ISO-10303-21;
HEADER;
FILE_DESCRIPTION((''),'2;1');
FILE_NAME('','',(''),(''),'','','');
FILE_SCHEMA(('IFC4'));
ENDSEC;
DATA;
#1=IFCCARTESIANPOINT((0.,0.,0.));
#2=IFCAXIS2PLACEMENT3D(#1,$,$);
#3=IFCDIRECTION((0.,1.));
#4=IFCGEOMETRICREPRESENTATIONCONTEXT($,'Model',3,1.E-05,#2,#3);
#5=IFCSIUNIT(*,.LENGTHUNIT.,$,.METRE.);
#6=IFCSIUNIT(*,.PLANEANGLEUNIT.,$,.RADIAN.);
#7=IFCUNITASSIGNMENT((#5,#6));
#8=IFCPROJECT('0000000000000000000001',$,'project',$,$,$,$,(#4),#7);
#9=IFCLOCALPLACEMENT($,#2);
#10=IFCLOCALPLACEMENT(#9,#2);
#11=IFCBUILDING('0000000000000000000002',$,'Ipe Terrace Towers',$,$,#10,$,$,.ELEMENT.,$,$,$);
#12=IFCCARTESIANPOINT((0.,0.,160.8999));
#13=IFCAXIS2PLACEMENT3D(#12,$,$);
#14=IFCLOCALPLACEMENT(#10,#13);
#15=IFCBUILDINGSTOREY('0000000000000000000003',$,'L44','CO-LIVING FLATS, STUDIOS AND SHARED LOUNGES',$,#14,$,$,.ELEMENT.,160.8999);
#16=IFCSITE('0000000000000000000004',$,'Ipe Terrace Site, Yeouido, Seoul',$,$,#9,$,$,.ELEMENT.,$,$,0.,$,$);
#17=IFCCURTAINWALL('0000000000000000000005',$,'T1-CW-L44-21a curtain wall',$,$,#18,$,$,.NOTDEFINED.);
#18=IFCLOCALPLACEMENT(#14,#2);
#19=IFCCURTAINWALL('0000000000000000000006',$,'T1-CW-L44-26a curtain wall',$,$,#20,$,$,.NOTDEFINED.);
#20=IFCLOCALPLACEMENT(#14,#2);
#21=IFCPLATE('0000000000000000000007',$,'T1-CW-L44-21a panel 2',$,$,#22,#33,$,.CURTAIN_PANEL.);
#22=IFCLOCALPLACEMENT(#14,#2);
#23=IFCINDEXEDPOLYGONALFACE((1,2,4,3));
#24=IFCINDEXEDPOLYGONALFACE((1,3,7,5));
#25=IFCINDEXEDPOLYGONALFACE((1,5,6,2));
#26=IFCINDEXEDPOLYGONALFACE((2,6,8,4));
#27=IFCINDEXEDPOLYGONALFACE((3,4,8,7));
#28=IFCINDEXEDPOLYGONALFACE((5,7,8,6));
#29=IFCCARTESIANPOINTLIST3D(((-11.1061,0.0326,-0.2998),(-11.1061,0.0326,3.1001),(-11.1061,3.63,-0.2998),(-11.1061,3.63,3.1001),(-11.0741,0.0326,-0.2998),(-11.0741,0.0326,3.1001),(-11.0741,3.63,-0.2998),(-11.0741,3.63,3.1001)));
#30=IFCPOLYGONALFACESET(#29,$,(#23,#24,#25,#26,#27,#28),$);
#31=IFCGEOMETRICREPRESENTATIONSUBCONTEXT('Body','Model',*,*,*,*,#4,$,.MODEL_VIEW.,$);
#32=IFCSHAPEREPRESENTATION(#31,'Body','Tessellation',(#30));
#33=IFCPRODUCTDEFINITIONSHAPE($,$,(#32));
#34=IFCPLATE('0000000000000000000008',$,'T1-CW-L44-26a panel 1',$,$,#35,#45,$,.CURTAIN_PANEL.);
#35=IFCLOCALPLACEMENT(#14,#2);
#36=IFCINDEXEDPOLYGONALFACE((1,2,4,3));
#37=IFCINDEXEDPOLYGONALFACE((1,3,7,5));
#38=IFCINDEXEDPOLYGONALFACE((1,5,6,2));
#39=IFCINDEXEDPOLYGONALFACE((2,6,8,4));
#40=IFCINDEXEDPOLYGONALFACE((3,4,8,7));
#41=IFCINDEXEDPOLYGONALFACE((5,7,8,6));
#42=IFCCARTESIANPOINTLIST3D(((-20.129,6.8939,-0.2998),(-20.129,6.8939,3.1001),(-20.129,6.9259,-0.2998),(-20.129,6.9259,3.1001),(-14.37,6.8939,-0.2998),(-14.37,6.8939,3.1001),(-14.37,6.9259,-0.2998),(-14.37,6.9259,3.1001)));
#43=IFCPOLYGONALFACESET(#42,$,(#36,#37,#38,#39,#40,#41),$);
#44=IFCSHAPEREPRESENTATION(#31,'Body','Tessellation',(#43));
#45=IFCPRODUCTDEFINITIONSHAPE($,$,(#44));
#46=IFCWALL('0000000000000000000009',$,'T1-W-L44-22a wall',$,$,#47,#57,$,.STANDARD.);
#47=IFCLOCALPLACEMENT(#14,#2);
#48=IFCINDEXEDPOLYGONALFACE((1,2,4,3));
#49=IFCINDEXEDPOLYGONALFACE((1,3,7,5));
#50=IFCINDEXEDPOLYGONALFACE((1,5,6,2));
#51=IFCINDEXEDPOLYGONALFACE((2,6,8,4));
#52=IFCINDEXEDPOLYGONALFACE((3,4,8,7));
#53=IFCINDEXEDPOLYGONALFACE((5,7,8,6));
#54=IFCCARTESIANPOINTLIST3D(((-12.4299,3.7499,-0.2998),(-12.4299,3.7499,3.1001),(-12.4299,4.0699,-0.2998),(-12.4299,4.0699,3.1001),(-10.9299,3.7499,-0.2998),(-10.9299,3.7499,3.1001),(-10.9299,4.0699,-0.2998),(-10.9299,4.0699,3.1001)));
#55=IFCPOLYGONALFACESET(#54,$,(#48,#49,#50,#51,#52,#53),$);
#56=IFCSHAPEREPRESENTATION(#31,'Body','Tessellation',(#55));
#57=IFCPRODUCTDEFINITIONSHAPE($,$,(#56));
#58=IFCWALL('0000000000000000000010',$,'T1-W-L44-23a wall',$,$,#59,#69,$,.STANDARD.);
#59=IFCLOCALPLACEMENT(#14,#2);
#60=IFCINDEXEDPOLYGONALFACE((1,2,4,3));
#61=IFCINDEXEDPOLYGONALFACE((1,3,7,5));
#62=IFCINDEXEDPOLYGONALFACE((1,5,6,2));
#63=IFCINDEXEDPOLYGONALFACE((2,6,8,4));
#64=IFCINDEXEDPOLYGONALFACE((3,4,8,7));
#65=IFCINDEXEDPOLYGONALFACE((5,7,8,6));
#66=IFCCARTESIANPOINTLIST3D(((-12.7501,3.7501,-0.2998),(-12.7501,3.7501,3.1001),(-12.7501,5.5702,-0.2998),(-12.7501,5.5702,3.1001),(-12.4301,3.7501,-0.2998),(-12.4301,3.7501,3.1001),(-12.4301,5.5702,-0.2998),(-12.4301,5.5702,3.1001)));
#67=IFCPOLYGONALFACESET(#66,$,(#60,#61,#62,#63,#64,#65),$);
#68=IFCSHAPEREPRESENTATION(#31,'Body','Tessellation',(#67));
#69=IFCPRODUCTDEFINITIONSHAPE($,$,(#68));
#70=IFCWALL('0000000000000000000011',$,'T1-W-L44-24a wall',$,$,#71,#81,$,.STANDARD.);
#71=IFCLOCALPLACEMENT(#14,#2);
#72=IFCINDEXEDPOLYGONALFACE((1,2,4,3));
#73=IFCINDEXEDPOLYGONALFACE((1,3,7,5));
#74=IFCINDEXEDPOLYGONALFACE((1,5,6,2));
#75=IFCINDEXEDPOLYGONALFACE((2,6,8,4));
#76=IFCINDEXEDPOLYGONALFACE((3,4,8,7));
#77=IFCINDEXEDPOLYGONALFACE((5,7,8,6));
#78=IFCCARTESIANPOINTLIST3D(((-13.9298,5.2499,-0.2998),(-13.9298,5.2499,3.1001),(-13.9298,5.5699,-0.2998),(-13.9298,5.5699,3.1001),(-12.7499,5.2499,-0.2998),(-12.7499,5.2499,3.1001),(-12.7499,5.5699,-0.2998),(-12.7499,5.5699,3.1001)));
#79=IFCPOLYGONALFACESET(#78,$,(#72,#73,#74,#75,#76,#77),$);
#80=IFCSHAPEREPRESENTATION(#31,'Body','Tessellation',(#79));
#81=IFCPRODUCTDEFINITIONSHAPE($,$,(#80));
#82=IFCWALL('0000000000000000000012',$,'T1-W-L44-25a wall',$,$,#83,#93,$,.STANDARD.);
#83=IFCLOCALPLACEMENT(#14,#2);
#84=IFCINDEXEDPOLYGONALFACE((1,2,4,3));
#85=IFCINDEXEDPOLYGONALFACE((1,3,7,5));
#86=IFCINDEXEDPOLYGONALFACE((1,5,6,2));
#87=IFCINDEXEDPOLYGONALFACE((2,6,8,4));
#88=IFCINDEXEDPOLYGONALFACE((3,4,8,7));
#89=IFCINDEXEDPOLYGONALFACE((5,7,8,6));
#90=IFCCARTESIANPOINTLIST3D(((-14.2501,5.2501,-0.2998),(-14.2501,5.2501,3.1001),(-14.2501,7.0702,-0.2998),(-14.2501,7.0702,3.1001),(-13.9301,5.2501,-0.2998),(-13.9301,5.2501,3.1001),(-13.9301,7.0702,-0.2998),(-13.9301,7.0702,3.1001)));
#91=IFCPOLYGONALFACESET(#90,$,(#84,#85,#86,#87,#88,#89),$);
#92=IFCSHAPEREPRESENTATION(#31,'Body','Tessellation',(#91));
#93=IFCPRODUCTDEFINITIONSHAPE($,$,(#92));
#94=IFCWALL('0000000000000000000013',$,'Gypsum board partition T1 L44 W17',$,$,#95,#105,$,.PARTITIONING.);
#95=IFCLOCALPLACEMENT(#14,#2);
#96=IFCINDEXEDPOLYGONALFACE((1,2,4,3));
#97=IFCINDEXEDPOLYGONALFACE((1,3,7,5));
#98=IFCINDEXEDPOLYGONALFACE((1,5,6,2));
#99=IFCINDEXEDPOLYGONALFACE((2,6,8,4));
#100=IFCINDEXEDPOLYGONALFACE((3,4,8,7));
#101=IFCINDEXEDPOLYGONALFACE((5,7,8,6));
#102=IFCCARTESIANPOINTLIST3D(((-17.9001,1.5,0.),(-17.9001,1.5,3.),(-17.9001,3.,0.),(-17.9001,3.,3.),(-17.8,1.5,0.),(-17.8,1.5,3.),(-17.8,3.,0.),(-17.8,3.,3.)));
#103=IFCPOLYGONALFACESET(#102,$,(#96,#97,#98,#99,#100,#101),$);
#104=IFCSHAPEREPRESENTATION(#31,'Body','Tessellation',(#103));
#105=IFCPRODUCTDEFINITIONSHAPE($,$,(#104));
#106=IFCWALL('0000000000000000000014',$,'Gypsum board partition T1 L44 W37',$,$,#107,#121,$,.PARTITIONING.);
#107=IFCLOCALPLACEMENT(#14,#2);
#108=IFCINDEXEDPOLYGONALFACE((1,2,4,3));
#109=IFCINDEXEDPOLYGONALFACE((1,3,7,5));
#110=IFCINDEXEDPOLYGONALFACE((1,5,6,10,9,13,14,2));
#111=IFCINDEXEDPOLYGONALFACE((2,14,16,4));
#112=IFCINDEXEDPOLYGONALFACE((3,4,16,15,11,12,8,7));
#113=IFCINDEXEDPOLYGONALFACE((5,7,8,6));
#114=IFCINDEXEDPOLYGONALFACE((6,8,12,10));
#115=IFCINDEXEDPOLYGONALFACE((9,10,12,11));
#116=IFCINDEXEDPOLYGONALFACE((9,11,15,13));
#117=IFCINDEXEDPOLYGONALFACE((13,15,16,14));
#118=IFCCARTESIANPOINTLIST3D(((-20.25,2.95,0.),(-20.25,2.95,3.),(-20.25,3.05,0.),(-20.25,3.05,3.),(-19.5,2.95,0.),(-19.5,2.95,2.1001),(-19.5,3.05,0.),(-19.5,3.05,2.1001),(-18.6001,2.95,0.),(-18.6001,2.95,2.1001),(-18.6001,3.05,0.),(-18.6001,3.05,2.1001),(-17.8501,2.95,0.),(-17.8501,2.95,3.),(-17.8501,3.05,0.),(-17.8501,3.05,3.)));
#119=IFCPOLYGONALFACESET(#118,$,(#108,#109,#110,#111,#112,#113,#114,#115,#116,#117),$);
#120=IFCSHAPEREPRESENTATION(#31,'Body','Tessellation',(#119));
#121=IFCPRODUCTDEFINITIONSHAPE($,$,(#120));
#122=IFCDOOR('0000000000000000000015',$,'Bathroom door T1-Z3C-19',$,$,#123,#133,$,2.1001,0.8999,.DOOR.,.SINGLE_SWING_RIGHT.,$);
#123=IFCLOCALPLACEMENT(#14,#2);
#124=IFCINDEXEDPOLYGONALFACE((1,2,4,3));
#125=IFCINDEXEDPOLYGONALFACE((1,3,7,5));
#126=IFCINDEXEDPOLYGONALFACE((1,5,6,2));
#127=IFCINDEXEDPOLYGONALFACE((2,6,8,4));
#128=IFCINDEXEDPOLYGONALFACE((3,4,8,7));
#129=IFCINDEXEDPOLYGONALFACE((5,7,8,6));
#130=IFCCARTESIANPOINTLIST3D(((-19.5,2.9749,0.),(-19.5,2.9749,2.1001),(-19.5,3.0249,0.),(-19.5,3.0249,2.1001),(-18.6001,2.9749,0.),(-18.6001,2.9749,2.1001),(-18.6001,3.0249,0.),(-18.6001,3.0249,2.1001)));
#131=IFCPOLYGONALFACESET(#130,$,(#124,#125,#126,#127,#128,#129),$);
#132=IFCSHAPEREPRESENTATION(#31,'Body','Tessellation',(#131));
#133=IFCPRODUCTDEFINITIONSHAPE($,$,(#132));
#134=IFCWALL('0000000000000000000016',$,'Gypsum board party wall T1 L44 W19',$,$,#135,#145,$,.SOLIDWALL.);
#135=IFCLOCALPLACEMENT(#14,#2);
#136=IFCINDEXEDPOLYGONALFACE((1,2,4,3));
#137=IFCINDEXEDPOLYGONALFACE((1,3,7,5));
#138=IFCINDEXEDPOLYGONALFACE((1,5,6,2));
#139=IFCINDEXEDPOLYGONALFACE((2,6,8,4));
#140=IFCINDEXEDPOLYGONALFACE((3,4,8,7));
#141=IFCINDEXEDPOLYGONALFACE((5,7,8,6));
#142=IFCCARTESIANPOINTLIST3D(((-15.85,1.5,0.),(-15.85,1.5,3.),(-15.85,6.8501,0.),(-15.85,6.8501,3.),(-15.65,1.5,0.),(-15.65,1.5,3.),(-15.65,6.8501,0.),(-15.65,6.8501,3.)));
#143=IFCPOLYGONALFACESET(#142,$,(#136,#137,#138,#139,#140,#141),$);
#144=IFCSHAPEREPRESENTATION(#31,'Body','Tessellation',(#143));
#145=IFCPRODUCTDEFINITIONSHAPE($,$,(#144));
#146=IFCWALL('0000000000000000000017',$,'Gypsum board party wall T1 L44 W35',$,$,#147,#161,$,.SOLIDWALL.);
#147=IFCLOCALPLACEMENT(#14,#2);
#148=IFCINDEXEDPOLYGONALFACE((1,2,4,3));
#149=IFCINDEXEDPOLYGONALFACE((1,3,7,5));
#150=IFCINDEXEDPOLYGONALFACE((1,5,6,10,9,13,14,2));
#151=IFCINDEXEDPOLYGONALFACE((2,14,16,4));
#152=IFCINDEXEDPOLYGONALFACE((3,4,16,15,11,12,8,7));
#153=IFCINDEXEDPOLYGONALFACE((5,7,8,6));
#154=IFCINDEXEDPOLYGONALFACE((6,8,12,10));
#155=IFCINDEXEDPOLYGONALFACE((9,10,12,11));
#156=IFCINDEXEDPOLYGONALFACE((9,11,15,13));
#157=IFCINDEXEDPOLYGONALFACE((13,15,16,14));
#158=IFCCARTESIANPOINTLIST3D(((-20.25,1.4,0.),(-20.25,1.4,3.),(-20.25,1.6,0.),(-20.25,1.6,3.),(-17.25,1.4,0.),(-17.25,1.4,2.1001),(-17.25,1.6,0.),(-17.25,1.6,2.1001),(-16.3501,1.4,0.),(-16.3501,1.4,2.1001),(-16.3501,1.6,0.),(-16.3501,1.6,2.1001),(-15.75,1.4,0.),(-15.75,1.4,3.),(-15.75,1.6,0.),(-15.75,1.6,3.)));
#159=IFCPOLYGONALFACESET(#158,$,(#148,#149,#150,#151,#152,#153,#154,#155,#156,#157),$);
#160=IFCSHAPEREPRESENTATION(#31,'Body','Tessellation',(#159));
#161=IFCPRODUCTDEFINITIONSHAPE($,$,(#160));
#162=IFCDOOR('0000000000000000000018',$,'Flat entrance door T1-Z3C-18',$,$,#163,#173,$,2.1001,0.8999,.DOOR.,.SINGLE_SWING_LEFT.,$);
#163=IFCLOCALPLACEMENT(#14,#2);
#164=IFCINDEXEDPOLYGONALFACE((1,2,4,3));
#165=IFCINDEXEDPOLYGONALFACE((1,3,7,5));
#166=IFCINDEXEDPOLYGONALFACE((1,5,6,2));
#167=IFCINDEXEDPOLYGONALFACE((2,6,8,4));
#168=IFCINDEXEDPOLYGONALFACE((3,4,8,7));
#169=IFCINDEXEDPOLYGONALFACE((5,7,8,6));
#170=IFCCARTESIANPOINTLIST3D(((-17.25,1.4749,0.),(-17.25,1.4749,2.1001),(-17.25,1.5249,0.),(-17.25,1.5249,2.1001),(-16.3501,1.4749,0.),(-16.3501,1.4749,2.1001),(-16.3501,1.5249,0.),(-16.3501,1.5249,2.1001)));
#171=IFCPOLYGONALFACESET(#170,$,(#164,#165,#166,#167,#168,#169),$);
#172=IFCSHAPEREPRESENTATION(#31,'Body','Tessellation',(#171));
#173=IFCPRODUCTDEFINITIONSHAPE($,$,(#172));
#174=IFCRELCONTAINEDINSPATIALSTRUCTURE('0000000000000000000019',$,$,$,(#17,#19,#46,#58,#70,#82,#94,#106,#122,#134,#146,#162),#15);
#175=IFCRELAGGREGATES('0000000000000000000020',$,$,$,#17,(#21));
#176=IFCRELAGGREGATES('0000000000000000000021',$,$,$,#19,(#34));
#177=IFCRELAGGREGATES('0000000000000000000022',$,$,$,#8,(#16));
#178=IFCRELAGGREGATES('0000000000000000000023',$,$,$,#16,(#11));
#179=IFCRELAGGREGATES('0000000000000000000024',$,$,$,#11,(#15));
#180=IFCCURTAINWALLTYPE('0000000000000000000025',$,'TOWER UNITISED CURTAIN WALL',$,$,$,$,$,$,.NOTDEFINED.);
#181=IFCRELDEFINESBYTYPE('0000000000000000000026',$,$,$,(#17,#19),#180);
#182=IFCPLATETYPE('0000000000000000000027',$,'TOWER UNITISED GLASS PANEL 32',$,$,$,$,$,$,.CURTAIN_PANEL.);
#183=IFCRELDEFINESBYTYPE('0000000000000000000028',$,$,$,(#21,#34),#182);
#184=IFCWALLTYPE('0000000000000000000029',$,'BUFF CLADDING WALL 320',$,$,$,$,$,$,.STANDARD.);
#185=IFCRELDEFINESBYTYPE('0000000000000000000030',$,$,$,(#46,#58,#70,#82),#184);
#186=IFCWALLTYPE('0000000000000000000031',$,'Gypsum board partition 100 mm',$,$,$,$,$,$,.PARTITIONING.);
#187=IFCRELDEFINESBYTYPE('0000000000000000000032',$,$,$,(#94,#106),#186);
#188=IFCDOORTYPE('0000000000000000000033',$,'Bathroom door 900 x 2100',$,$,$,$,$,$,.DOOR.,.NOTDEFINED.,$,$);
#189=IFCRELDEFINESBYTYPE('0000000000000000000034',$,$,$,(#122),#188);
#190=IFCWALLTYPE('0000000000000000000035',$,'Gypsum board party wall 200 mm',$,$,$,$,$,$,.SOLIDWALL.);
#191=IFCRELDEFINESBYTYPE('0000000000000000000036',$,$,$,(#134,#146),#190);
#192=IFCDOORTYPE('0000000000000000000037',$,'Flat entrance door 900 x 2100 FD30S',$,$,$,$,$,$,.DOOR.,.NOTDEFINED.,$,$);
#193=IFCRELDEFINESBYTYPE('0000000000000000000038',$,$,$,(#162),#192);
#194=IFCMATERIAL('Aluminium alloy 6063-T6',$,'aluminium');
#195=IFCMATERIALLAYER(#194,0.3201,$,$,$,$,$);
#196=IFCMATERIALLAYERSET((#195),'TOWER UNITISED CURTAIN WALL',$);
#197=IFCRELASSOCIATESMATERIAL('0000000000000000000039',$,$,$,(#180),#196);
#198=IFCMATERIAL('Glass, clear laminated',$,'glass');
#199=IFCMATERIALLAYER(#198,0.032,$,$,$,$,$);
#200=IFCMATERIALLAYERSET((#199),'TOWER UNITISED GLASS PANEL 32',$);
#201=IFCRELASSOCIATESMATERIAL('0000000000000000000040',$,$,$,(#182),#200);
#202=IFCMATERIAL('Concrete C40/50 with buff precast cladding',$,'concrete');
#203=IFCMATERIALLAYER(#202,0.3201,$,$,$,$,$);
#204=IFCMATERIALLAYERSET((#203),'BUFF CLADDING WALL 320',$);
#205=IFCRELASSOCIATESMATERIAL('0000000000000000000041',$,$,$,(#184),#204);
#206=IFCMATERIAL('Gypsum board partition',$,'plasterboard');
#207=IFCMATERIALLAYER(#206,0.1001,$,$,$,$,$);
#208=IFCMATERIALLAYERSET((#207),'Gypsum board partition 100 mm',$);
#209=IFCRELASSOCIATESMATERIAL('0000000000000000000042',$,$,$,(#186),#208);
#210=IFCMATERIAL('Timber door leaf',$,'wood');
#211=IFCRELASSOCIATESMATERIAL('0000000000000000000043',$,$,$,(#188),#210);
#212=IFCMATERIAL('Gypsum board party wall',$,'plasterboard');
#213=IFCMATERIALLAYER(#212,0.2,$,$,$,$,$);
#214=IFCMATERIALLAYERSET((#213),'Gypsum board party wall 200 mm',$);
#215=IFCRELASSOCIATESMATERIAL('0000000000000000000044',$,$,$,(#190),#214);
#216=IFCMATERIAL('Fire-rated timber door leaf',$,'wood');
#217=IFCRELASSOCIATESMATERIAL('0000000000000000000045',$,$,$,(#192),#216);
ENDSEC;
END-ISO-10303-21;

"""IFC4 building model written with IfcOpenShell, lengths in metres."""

from ifc_helpers import new_model, si_unit, direction, frame, frame_2d, origin, origin_2d, place, context, subcontext, project, spatial, rectangle, extrude, material, layer, layer_set, type_object, element, fill, aggregate, save


model = new_model("IFC4")

# Units and contexts
model_context = context("Model", 3, precision=1e-05, world=origin(), true_north=direction((0.0, 1.0)))
body_context = subcontext(model_context, "Body", "Model", "MODEL_VIEW")
ifc_project = project(units=[si_unit("LENGTHUNIT", "METRE"), si_unit("PLANEANGLEUNIT", "RADIAN")], contexts=[model_context])

# Site, building, storey
site_placement = place(None, origin())
site = spatial("IfcSite", under=ifc_project, at=site_placement, Name="Ipe Terrace Site, Yeouido, Seoul", CompositionType="ELEMENT", RefElevation=0.0)
building_placement = place(site_placement, origin())
building = spatial("IfcBuilding", under=site, at=building_placement, Name="Ipe Terrace Towers", CompositionType="ELEMENT")
storey_placement = place(building_placement, frame((0.0, 0.0, 160.8999)))
storey = spatial("IfcBuildingStorey", under=building, at=storey_placement, Name="L44", Description="CO-LIVING FLATS, STUDIOS AND SHARED LOUNGES", CompositionType="ELEMENT", Elevation=160.8999)

# Curtain wall
ifc_material_1 = material(Name="Aluminium alloy 6063-T6", Category="aluminium")
ifc_layer_1 = layer(ifc_material_1, 0.3201)
ifc_layer_set_1 = layer_set([ifc_layer_1], Name="TOWER UNITISED CURTAIN WALL")
curtain_wall_type = type_object("IfcCurtainWallType", Name="TOWER UNITISED CURTAIN WALL", PredefinedType="NOTDEFINED", material=ifc_layer_set_1)
curtain_wall_1_placement = place(storey_placement, origin())
curtain_wall_1 = element("IfcCurtainWall", 1, at=curtain_wall_1_placement, inside=storey, type_object=curtain_wall_type, Name="T1-CW-L44-21a curtain wall", PredefinedType="NOTDEFINED")

# Curtain wall
curtain_wall_2_placement = place(storey_placement, origin())
curtain_wall_2 = element("IfcCurtainWall", 2, at=curtain_wall_2_placement, inside=storey, type_object=curtain_wall_type, Name="T1-CW-L44-26a curtain wall", PredefinedType="NOTDEFINED")

# Plates
ifc_material_2 = material(Name="Glass, clear laminated", Category="glass")
ifc_layer_2 = layer(ifc_material_2, 0.032)
ifc_layer_set_2 = layer_set([ifc_layer_2], Name="TOWER UNITISED GLASS PANEL 32")
plate_type = type_object("IfcPlateType", Name="TOWER UNITISED GLASS PANEL 32", PredefinedType="CURTAIN_PANEL", material=ifc_layer_set_2)
plate_1_placement = place(storey_placement, frame((-11.0901, 1.8313, -0.2998), z_axis=(0.0, 0.0, 1.0), x_axis=(0.0, 1.0, 0.0)))
plate_1 = element("IfcPlate", 3, at=plate_1_placement, type_object=plate_type, Name="T1-CW-L44-21a panel 2", PredefinedType="CURTAIN_PANEL", context=body_context, shape_type="SweptSolid", body=[
    extrude(rectangle(XDim=3.5974, YDim=0.032, at=origin_2d()), origin(), (0.0, 0.0, 1.0), 3.3999),
])
aggregate(curtain_wall_1, [plate_1])
plate_2_placement = place(storey_placement, frame((-17.2495, 6.9099, -0.2998), z_axis=(0.0, 0.0, 1.0), x_axis=(-1.0, 0.0, 0.0)))
plate_2 = element("IfcPlate", 4, at=plate_2_placement, type_object=plate_type, Name="T1-CW-L44-26a panel 1", PredefinedType="CURTAIN_PANEL", context=body_context, shape_type="SweptSolid", body=[
    extrude(rectangle(XDim=5.759, YDim=0.032, at=origin_2d()), origin(), (0.0, 0.0, 1.0), 3.3999),
])
aggregate(curtain_wall_2, [plate_2])

# Walls
ifc_material_3 = material(Name="Concrete C40/50 with buff precast cladding", Category="concrete")
ifc_layer_3 = layer(ifc_material_3, 0.3201)
ifc_layer_set_3 = layer_set([ifc_layer_3], Name="BUFF CLADDING WALL 320")
wall_type_1 = type_object("IfcWallType", Name="BUFF CLADDING WALL 320", PredefinedType="STANDARD", material=ifc_layer_set_3)
wall_1_placement = place(storey_placement, frame((-10.9299, 3.9099, -0.2998), z_axis=(0.0, 0.0, 1.0), x_axis=(-1.0, 0.0, 0.0)))
element("IfcWall", 5, at=wall_1_placement, inside=storey, type_object=wall_type_1, Name="T1-W-L44-22a wall", PredefinedType="STANDARD", context=body_context, shape_type="SweptSolid", body=[
    extrude(rectangle(XDim=1.5, YDim=0.3201, at=frame_2d((0.75, 0.0))), origin(), (0.0, 0.0, 1.0), 3.3999),
])
wall_2_placement = place(storey_placement, frame((-12.5901, 3.75, -0.2998), z_axis=(0.0, 0.0, 1.0), x_axis=(0.0, 1.0, 0.0)))
element("IfcWall", 6, at=wall_2_placement, inside=storey, type_object=wall_type_1, Name="T1-W-L44-23a wall", PredefinedType="STANDARD", context=body_context, shape_type="SweptSolid", body=[
    extrude(rectangle(XDim=1.8201, YDim=0.3201, at=frame_2d((0.9102, 0.0))), origin(), (0.0, 0.0, 1.0), 3.3999),
])
wall_3_placement = place(storey_placement, frame((-12.75, 5.4099, -0.2998), z_axis=(0.0, 0.0, 1.0), x_axis=(-1.0, 0.0, 0.0)))
element("IfcWall", 7, at=wall_3_placement, inside=storey, type_object=wall_type_1, Name="T1-W-L44-24a wall", PredefinedType="STANDARD", context=body_context, shape_type="SweptSolid", body=[
    extrude(rectangle(XDim=1.1799, YDim=0.3201, at=frame_2d((0.5898, 0.0))), origin(), (0.0, 0.0, 1.0), 3.3999),
])
wall_4_placement = place(storey_placement, frame((-14.0901, 5.25, -0.2998), z_axis=(0.0, 0.0, 1.0), x_axis=(0.0, 1.0, 0.0)))
element("IfcWall", 8, at=wall_4_placement, inside=storey, type_object=wall_type_1, Name="T1-W-L44-25a wall", PredefinedType="STANDARD", context=body_context, shape_type="SweptSolid", body=[
    extrude(rectangle(XDim=1.8201, YDim=0.3201, at=frame_2d((0.9102, 0.0))), origin(), (0.0, 0.0, 1.0), 3.3999),
])
ifc_material_4 = material(Name="Gypsum board partition", Category="plasterboard")
ifc_layer_4 = layer(ifc_material_4, 0.1001)
ifc_layer_set_4 = layer_set([ifc_layer_4], Name="Gypsum board partition 100 mm")
wall_type_2 = type_object("IfcWallType", Name="Gypsum board partition 100 mm", PredefinedType="PARTITIONING", material=ifc_layer_set_4)
wall_5_placement = place(storey_placement, frame((-17.8501, 1.5, 0.0), z_axis=(0.0, 0.0, 1.0), x_axis=(0.0, 1.0, 0.0)))
element("IfcWall", 9, at=wall_5_placement, inside=storey, type_object=wall_type_2, Name="Gypsum board partition T1 L44 W17", PredefinedType="PARTITIONING", context=body_context, shape_type="SweptSolid", body=[
    extrude(rectangle(XDim=1.5, YDim=0.1001, at=frame_2d((0.75, 0.0))), origin(), (0.0, 0.0, 1.0), 3.0),
])

# Wall, opening, door
wall_6_placement = place(storey_placement, frame((-20.25, 3.0, 0.0), z_axis=(0.0, 0.0, 1.0), x_axis=(1.0, 0.0, 0.0)))
wall_6 = element("IfcWall", 10, at=wall_6_placement, inside=storey, type_object=wall_type_2, Name="Gypsum board partition T1 L44 W37", PredefinedType="PARTITIONING", context=body_context, shape_type="SweptSolid", body=[
    extrude(rectangle(XDim=2.3999, YDim=0.1001, at=frame_2d((1.2, 0.0))), origin(), (0.0, 0.0, 1.0), 3.0),
])
opening_1_placement = place(wall_6_placement, frame((0.75, 0.0, 0.0)))
opening_1 = element("IfcOpeningElement", 11, at=opening_1_placement, cuts=wall_6, PredefinedType="OPENING", context=body_context, shape_type="SweptSolid", body=[
    extrude(rectangle(XDim=0.8999, YDim=2.1001, at=frame_2d((0.45, 1.05))), frame((0.0, 0.0601, 0.0), z_axis=(0.0, -1.0, 0.0), x_axis=(1.0, 0.0, 0.0)), (0.0, 0.0, 1.0), 0.1201),
])
ifc_material_5 = material(Name="Timber door leaf", Category="wood")
door_type_1 = type_object("IfcDoorType", Name="Bathroom door 900 x 2100", OperationType="NOTDEFINED", PredefinedType="DOOR", material=ifc_material_5)
door_1_placement = place(opening_1_placement, origin())
door_1 = element("IfcDoor", 12, at=door_1_placement, inside=storey, type_object=door_type_1, Name="Bathroom door T1-Z3C-19", OperationType="SINGLE_SWING_RIGHT", OverallHeight=2.1001, OverallWidth=0.8999, PredefinedType="DOOR", context=body_context, shape_type="SweptSolid", body=[
    extrude(rectangle(XDim=0.8999, YDim=2.1001, at=frame_2d((0.45, 1.05))), frame((0.0, 0.0249, 0.0), z_axis=(0.0, -1.0, 0.0), x_axis=(1.0, 0.0, 0.0)), (0.0, 0.0, 1.0), 0.05),
])
fill(opening_1, door_1)

# Wall
ifc_material_6 = material(Name="Gypsum board party wall", Category="plasterboard")
ifc_layer_5 = layer(ifc_material_6, 0.2)
ifc_layer_set_5 = layer_set([ifc_layer_5], Name="Gypsum board party wall 200 mm")
wall_type_3 = type_object("IfcWallType", Name="Gypsum board party wall 200 mm", PredefinedType="SOLIDWALL", material=ifc_layer_set_5)
wall_7_placement = place(storey_placement, frame((-15.75, 1.5, 0.0), z_axis=(0.0, 0.0, 1.0), x_axis=(0.0, 1.0, 0.0)))
element("IfcWall", 13, at=wall_7_placement, inside=storey, type_object=wall_type_3, Name="Gypsum board party wall T1 L44 W19", PredefinedType="SOLIDWALL", context=body_context, shape_type="SweptSolid", body=[
    extrude(rectangle(XDim=5.3501, YDim=0.2, at=frame_2d((2.675, 0.0))), origin(), (0.0, 0.0, 1.0), 3.0),
])

# Wall, opening, door
wall_8_placement = place(storey_placement, frame((-20.25, 1.5, 0.0), z_axis=(0.0, 0.0, 1.0), x_axis=(1.0, 0.0, 0.0)))
wall_8 = element("IfcWall", 14, at=wall_8_placement, inside=storey, type_object=wall_type_3, Name="Gypsum board party wall T1 L44 W35", PredefinedType="SOLIDWALL", context=body_context, shape_type="SweptSolid", body=[
    extrude(rectangle(XDim=4.5, YDim=0.2, at=frame_2d((2.25, 0.0))), origin(), (0.0, 0.0, 1.0), 3.0),
])
opening_2_placement = place(wall_8_placement, frame((3.0, 0.0, 0.0)))
opening_2 = element("IfcOpeningElement", 15, at=opening_2_placement, cuts=wall_8, PredefinedType="OPENING", context=body_context, shape_type="SweptSolid", body=[
    extrude(rectangle(XDim=0.8999, YDim=2.1001, at=frame_2d((0.45, 1.05))), frame((0.0, 0.1099, 0.0), z_axis=(0.0, -1.0, 0.0), x_axis=(1.0, 0.0, 0.0)), (0.0, 0.0, 1.0), 0.22),
])
ifc_material_7 = material(Name="Fire-rated timber door leaf", Category="wood")
door_type_2 = type_object("IfcDoorType", Name="Flat entrance door 900 x 2100 FD30S", OperationType="NOTDEFINED", PredefinedType="DOOR", material=ifc_material_7)
door_2_placement = place(opening_2_placement, origin())
door_2 = element("IfcDoor", 16, at=door_2_placement, inside=storey, type_object=door_type_2, Name="Flat entrance door T1-Z3C-18", OperationType="SINGLE_SWING_LEFT", OverallHeight=2.1001, OverallWidth=0.8999, PredefinedType="DOOR", context=body_context, shape_type="SweptSolid", body=[
    extrude(rectangle(XDim=0.8999, YDim=2.1001, at=frame_2d((0.45, 1.05))), frame((0.0, 0.0249, 0.0), z_axis=(0.0, -1.0, 0.0), x_axis=(1.0, 0.0, 0.0)), (0.0, 0.0, 1.0), 0.05),
])
fill(opening_2, door_2)

save(model, "model.ifc")
